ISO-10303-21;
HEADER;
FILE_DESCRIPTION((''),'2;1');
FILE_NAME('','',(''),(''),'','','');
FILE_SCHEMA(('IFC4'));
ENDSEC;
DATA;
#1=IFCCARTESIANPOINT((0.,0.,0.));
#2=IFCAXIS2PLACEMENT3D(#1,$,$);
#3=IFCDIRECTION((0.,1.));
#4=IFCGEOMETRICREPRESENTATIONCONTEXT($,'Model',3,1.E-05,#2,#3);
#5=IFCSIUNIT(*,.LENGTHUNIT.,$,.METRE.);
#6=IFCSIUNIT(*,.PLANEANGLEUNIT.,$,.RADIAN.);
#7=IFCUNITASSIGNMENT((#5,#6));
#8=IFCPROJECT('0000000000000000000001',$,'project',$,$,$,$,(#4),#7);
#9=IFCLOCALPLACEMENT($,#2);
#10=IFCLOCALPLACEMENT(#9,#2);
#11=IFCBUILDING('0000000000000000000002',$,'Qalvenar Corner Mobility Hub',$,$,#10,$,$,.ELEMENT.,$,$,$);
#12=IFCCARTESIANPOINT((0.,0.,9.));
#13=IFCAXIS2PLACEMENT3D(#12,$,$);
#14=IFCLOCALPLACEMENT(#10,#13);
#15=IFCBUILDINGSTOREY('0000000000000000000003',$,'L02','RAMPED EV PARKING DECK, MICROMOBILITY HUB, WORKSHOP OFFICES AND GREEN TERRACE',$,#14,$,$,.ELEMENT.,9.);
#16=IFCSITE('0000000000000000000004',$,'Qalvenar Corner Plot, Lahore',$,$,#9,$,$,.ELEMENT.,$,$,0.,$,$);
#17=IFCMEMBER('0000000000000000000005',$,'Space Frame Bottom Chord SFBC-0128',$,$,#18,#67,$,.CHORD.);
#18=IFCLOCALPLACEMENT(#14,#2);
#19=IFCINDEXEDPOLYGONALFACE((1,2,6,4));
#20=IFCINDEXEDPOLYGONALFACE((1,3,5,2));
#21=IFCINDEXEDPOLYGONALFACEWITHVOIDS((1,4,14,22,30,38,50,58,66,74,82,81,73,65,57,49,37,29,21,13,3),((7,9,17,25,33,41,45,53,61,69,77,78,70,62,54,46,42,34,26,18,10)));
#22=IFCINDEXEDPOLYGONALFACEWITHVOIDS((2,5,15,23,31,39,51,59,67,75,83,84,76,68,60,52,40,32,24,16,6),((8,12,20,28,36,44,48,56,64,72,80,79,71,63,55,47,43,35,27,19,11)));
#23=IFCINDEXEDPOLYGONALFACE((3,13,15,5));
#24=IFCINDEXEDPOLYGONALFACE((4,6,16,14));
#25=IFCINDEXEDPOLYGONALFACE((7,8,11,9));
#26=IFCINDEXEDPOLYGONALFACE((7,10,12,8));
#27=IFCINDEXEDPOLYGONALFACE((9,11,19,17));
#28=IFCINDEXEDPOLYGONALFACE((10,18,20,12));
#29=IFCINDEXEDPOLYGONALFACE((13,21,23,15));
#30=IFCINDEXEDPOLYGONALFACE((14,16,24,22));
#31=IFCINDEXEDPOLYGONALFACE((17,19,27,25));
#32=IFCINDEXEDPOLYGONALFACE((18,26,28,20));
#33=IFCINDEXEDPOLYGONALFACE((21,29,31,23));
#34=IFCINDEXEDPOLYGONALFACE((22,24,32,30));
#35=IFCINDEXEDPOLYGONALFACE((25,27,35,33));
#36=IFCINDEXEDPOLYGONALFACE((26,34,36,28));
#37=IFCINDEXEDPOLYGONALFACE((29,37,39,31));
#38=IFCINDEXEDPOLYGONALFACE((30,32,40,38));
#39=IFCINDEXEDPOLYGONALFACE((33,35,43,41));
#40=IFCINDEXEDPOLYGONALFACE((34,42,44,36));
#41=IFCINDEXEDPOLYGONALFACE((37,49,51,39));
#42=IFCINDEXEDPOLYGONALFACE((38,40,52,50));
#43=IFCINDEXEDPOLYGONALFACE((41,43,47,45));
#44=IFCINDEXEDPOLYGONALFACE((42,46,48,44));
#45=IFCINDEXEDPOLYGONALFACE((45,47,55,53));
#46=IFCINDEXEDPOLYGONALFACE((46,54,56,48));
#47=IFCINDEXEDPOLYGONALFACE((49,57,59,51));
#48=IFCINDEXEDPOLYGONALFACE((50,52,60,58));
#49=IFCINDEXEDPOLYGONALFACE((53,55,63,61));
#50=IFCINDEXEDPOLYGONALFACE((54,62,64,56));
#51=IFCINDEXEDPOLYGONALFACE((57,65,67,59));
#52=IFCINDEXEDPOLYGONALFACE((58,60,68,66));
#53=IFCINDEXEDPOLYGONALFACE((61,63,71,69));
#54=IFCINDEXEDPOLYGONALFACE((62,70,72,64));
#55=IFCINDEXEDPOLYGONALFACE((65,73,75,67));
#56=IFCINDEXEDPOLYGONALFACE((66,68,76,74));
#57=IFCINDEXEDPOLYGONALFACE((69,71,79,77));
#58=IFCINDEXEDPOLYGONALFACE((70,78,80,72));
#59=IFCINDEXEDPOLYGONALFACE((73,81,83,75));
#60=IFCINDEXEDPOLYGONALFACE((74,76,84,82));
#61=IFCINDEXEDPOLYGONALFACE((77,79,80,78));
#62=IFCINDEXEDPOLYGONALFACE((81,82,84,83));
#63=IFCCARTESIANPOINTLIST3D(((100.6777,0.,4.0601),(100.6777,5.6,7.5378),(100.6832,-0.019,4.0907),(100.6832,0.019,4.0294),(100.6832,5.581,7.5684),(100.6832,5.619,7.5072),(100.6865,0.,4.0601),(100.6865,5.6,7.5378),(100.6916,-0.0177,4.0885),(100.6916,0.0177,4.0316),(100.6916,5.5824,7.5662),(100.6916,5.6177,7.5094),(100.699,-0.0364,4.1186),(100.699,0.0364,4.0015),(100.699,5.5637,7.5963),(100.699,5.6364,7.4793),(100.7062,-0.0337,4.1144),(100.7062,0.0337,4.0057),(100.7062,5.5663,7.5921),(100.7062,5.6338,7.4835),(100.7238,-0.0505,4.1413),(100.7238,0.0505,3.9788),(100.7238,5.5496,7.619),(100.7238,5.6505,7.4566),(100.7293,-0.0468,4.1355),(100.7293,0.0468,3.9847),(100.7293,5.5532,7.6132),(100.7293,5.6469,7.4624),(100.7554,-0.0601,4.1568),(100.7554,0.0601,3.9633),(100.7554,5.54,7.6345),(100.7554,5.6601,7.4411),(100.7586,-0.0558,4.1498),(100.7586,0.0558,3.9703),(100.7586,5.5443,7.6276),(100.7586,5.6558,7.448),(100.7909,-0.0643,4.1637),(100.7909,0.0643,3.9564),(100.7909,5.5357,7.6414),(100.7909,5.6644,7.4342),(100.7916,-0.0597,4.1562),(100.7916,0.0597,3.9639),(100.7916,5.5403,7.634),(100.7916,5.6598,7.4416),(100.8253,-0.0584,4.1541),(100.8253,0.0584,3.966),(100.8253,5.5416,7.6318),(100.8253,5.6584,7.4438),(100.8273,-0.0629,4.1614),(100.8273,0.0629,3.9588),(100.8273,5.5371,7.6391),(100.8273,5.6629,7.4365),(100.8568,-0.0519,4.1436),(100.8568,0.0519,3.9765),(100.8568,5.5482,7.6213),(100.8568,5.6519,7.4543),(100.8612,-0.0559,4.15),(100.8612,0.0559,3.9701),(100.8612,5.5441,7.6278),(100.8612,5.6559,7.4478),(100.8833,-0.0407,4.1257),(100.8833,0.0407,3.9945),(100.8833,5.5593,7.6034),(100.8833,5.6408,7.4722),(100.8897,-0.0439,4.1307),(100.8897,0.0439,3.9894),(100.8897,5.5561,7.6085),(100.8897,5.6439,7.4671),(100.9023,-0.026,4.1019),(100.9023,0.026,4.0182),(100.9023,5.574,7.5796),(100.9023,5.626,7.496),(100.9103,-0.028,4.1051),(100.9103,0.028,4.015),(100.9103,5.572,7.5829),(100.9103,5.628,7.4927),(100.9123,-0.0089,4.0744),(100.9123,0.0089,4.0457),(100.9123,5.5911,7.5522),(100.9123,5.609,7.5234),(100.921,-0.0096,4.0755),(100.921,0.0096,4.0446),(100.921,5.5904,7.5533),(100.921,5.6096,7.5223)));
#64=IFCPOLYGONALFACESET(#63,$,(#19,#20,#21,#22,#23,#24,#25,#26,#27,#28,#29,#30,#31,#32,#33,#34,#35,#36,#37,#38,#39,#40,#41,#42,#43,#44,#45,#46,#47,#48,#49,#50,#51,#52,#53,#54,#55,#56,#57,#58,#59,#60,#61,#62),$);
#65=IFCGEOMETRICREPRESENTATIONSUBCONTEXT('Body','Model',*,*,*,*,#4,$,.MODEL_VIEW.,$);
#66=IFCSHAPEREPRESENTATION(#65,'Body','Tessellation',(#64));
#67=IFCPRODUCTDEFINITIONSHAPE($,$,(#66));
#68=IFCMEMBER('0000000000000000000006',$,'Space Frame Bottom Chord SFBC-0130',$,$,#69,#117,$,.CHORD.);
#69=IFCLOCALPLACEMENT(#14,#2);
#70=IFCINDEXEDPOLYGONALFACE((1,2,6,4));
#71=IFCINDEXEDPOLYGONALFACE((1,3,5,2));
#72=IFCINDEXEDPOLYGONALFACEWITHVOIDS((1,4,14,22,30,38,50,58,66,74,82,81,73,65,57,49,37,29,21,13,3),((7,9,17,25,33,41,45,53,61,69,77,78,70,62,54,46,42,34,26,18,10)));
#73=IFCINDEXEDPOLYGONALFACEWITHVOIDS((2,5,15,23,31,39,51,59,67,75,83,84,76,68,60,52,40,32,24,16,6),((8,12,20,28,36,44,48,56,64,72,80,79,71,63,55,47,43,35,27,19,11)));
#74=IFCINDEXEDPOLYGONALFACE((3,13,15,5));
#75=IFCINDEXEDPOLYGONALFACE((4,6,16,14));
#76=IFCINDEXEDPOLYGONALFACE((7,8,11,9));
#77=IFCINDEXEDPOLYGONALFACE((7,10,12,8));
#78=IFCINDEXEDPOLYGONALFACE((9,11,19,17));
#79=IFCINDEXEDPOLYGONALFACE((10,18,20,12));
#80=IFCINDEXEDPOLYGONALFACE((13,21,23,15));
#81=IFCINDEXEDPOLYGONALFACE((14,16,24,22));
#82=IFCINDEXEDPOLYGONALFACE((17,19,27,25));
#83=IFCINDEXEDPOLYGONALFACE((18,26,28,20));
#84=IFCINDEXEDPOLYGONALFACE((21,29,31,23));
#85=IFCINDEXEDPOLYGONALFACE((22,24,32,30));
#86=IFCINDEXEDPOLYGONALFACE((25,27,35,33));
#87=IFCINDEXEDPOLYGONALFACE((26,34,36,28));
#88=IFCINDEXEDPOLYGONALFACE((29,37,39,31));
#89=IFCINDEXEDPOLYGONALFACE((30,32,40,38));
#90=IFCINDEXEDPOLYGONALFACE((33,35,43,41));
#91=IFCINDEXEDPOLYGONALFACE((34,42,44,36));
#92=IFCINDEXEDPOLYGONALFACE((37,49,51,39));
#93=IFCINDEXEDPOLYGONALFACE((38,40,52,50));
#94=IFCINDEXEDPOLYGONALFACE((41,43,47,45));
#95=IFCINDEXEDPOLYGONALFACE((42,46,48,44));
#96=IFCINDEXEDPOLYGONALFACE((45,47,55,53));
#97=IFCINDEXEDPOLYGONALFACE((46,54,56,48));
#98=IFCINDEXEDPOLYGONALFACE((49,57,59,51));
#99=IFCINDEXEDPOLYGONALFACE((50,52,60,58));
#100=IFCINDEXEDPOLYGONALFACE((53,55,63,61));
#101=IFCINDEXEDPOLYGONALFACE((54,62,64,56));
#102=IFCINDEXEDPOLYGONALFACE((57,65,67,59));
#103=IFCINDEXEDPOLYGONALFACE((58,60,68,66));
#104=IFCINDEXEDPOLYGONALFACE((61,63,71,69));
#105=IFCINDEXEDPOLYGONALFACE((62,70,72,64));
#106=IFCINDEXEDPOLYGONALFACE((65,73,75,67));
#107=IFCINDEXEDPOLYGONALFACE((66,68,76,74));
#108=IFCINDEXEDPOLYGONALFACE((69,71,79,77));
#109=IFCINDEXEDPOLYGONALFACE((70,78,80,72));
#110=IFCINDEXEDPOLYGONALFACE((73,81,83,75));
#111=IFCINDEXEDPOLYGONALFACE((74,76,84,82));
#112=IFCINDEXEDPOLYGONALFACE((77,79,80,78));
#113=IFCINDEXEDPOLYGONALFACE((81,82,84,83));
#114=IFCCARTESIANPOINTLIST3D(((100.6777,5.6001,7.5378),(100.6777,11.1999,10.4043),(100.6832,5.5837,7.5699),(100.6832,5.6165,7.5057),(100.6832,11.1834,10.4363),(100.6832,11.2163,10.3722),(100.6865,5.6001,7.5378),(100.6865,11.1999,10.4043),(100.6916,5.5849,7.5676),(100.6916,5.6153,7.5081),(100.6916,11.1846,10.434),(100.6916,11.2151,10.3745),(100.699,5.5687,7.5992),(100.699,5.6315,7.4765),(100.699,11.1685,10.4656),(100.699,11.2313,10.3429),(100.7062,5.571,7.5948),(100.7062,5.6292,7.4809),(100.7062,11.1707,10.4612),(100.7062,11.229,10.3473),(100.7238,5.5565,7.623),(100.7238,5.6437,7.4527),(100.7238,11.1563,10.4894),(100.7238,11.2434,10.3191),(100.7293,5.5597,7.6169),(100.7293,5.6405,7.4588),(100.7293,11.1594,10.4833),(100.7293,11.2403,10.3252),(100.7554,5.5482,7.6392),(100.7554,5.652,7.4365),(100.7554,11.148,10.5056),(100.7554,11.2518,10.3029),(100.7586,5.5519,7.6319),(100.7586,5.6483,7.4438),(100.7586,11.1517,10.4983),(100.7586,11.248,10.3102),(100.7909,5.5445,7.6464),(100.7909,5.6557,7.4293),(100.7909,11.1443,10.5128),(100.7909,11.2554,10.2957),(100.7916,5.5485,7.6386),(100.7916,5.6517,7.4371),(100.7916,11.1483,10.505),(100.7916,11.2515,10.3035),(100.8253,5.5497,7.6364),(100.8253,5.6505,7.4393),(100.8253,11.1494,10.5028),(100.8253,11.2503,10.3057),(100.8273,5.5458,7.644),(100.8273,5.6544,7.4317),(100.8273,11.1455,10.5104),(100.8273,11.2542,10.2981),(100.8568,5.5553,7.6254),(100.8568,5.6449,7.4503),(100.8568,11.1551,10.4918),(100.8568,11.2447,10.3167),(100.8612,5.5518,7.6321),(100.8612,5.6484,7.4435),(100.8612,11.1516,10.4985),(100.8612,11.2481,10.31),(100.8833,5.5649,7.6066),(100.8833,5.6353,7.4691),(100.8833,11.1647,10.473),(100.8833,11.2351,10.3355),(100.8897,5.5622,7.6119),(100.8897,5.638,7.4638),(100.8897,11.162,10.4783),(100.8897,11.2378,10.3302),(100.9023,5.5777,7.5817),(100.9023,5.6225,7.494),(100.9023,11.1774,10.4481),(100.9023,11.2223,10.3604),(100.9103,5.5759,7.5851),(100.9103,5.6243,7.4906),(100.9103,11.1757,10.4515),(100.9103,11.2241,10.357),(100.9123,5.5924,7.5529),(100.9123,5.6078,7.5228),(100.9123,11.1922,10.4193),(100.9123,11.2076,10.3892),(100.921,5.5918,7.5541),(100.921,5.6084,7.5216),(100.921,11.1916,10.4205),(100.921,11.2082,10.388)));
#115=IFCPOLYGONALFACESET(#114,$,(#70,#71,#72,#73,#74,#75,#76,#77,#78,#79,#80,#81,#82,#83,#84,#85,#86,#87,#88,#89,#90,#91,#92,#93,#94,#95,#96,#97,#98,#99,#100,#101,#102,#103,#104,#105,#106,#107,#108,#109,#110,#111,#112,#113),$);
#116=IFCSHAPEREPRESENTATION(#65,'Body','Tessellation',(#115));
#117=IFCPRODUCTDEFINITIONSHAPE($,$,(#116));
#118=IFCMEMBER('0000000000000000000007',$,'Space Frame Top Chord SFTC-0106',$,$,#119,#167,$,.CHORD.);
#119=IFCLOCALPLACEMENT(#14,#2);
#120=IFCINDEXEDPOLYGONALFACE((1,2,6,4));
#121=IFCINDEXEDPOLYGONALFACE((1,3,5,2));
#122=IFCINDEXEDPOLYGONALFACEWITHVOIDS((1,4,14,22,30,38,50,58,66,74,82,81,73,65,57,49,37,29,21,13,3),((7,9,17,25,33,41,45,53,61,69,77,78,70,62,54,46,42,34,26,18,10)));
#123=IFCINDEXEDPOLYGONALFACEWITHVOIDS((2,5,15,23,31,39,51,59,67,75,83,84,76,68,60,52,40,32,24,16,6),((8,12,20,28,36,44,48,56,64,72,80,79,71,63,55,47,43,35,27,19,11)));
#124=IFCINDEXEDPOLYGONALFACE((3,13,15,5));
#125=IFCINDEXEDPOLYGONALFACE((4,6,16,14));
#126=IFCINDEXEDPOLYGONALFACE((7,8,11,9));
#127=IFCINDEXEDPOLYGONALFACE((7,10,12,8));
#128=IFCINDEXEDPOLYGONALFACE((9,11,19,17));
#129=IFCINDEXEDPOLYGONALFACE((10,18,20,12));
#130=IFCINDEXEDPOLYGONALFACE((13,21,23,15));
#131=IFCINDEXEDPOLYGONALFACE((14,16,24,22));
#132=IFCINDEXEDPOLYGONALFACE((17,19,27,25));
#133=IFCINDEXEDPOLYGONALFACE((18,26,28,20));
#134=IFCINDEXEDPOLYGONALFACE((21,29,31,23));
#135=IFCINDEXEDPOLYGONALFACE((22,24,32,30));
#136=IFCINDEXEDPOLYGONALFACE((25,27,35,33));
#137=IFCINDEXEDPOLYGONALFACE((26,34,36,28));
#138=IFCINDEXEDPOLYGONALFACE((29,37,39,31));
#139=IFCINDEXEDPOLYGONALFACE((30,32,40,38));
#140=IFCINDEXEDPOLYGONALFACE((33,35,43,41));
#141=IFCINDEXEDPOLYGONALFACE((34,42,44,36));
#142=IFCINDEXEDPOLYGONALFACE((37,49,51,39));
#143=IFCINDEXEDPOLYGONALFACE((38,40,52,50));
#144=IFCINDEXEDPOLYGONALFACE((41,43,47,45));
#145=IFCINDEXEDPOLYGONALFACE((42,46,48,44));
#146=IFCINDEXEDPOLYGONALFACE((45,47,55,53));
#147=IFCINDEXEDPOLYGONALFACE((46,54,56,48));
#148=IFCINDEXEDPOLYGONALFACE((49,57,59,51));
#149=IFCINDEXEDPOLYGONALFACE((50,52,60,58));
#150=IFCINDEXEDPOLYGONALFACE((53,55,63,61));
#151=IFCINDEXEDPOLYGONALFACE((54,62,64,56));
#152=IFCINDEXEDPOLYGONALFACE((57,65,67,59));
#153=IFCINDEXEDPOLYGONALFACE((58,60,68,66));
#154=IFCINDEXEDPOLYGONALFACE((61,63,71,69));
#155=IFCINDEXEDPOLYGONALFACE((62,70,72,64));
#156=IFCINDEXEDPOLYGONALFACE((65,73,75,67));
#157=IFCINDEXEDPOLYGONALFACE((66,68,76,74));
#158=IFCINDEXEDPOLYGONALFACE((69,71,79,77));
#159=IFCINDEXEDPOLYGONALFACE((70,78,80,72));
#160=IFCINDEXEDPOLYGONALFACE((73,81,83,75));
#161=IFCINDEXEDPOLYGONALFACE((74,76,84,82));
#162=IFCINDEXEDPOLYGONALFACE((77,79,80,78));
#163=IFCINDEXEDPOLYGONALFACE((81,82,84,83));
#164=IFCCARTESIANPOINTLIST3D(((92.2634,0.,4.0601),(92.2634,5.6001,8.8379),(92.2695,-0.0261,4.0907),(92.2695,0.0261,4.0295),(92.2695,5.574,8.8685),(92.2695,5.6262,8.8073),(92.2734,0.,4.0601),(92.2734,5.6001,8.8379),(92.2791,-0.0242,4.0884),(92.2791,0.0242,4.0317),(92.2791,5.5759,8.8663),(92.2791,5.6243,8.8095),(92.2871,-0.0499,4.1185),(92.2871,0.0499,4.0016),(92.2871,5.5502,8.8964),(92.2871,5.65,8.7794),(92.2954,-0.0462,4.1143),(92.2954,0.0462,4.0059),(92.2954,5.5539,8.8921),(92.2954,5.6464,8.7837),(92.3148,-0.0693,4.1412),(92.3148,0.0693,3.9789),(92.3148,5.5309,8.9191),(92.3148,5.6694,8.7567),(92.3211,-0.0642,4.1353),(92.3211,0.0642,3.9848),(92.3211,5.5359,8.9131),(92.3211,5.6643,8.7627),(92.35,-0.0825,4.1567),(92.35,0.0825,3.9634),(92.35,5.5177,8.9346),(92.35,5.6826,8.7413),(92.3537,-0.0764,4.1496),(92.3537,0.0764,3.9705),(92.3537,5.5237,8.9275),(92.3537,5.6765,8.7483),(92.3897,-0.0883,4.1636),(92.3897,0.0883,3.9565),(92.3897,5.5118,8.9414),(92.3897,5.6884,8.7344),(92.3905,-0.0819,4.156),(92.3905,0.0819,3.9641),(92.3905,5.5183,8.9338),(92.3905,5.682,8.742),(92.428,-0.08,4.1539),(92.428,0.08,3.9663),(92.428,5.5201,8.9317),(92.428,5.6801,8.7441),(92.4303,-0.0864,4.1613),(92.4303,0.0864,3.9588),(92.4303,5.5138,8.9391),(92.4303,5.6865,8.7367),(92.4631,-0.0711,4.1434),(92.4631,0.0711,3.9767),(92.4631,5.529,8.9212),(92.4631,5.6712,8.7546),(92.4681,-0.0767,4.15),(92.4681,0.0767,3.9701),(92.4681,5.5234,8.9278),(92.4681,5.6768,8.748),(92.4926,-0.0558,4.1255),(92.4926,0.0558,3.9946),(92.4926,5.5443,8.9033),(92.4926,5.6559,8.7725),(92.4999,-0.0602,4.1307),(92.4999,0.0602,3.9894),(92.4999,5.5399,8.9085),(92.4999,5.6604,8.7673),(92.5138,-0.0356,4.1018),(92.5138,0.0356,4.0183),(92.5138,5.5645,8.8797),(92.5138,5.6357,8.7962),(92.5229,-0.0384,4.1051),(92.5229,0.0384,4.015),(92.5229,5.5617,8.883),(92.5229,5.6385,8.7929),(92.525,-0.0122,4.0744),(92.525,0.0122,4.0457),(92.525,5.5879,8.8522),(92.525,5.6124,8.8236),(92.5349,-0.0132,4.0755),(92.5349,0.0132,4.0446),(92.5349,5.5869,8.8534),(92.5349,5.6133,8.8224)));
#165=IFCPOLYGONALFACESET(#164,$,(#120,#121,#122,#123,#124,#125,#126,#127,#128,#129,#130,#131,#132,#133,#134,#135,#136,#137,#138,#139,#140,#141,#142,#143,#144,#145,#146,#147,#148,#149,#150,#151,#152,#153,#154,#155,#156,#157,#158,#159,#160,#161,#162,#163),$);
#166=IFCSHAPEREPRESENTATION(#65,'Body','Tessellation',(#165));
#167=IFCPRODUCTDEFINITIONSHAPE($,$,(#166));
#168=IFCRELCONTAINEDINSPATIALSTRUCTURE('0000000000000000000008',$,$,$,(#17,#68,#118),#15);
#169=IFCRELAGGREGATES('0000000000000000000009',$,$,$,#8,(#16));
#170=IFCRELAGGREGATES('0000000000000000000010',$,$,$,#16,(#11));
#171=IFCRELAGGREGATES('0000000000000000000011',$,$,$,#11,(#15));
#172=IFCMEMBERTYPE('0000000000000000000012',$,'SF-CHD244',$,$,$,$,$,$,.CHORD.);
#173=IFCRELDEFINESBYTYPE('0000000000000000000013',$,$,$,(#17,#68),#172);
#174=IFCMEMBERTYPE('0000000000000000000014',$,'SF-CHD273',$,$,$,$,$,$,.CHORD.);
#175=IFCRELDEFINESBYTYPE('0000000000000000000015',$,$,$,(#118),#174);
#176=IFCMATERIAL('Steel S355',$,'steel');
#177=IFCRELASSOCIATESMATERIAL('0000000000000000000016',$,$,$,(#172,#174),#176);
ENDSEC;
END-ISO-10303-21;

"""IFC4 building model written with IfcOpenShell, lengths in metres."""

from ifc_helpers import new_model, si_unit, direction, frame, origin, origin_2d, place, context, subcontext, project, spatial, hollow_circle, extrude, material, material_profile, profile_set, type_object, element, save


model = new_model("IFC4")

# Units and contexts
model_context = context("Model", 3, precision=1e-05, world=origin(), true_north=direction((0.0, 1.0)))
body_context = subcontext(model_context, "Body", "Model", "MODEL_VIEW")
ifc_project = project(units=[si_unit("LENGTHUNIT", "METRE"), si_unit("PLANEANGLEUNIT", "RADIAN")], contexts=[model_context])

# Site, building, storey
site_placement = place(None, origin())
site = spatial("IfcSite", under=ifc_project, at=site_placement, Name="Qalvenar Corner Plot, Lahore", CompositionType="ELEMENT", RefElevation=0.0)
building_placement = place(site_placement, origin())
building = spatial("IfcBuilding", under=site, at=building_placement, Name="Qalvenar Corner Mobility Hub", CompositionType="ELEMENT")
storey_placement = place(building_placement, frame((0.0, 0.0, 9.0)))
storey = spatial("IfcBuildingStorey", under=building, at=storey_placement, Name="L02", Description="RAMPED EV PARKING DECK, MICROMOBILITY HUB, WORKSHOP OFFICES AND GREEN TERRACE", CompositionType="ELEMENT", Elevation=9.0)

# Members
ifc_material_1 = material(Name="Steel S355", Category="steel")
ifc_material_profile_1 = material_profile(ifc_material_1, hollow_circle(Radius=0.1223, WallThickness=0.0088, at=origin_2d()), Name="CHS244.5x8.8")
ifc_profile_set_1 = profile_set([ifc_material_profile_1], Name="Steel S355")
member_type_1 = type_object("IfcMemberType", Name="SF-CHD244", PredefinedType="CHORD", material=ifc_profile_set_1)
member_1_placement = place(storey_placement, frame((100.8, 0.0, 4.0601), z_axis=(0.0, 0.849514, 0.527567), x_axis=(-1.0, 0.0, 0.0)))
element("IfcMember", 1, at=member_1_placement, inside=storey, type_object=member_type_1, Name="Space Frame Bottom Chord SFBC-0128", PredefinedType="CHORD", context=body_context, shape_type="SweptSolid", body=[
    extrude(hollow_circle(Radius=0.1223, WallThickness=0.0088, at=origin_2d()), origin(), (0.0, 0.0, 1.0), 6.592),
])
member_2_placement = place(storey_placement, frame((100.8, 5.6001, 7.5378), z_axis=(0.0, 0.890157, 0.455654), x_axis=(-1.0, 0.0, 0.0)))
element("IfcMember", 2, at=member_2_placement, inside=storey, type_object=member_type_1, Name="Space Frame Bottom Chord SFBC-0130", PredefinedType="CHORD", context=body_context, shape_type="SweptSolid", body=[
    extrude(hollow_circle(Radius=0.1223, WallThickness=0.0088, at=origin_2d()), origin(), (0.0, 0.0, 1.0), 6.2908),
])
ifc_material_profile_2 = material_profile(ifc_material_1, hollow_circle(Radius=0.1365, WallThickness=0.01, at=origin_2d()), Name="CHS273x10")
ifc_profile_set_2 = profile_set([ifc_material_profile_2], Name="Steel S355")
member_type_2 = type_object("IfcMemberType", Name="SF-CHD273", PredefinedType="CHORD", material=ifc_profile_set_2)
for number, where, z_axis, x_axis, name in (
    (3, (92.3999, 0.0, 4.0601), (0.0, 0.760748, 0.649047), (-1.0, 0.0, 0.0), "Space Frame Top Chord SFTC-0106"),
):
    element("IfcMember", number, at=place(storey_placement, frame(where, z_axis=z_axis, x_axis=x_axis)), inside=storey, type_object=member_type_2, Name=name, PredefinedType="CHORD", context=body_context, shape_type="SweptSolid", body=[
        extrude(hollow_circle(Radius=0.1365, WallThickness=0.01, at=origin_2d()), origin(), (0.0, 0.0, 1.0), 7.3613),
    ])

save(model, "model.ifc")
